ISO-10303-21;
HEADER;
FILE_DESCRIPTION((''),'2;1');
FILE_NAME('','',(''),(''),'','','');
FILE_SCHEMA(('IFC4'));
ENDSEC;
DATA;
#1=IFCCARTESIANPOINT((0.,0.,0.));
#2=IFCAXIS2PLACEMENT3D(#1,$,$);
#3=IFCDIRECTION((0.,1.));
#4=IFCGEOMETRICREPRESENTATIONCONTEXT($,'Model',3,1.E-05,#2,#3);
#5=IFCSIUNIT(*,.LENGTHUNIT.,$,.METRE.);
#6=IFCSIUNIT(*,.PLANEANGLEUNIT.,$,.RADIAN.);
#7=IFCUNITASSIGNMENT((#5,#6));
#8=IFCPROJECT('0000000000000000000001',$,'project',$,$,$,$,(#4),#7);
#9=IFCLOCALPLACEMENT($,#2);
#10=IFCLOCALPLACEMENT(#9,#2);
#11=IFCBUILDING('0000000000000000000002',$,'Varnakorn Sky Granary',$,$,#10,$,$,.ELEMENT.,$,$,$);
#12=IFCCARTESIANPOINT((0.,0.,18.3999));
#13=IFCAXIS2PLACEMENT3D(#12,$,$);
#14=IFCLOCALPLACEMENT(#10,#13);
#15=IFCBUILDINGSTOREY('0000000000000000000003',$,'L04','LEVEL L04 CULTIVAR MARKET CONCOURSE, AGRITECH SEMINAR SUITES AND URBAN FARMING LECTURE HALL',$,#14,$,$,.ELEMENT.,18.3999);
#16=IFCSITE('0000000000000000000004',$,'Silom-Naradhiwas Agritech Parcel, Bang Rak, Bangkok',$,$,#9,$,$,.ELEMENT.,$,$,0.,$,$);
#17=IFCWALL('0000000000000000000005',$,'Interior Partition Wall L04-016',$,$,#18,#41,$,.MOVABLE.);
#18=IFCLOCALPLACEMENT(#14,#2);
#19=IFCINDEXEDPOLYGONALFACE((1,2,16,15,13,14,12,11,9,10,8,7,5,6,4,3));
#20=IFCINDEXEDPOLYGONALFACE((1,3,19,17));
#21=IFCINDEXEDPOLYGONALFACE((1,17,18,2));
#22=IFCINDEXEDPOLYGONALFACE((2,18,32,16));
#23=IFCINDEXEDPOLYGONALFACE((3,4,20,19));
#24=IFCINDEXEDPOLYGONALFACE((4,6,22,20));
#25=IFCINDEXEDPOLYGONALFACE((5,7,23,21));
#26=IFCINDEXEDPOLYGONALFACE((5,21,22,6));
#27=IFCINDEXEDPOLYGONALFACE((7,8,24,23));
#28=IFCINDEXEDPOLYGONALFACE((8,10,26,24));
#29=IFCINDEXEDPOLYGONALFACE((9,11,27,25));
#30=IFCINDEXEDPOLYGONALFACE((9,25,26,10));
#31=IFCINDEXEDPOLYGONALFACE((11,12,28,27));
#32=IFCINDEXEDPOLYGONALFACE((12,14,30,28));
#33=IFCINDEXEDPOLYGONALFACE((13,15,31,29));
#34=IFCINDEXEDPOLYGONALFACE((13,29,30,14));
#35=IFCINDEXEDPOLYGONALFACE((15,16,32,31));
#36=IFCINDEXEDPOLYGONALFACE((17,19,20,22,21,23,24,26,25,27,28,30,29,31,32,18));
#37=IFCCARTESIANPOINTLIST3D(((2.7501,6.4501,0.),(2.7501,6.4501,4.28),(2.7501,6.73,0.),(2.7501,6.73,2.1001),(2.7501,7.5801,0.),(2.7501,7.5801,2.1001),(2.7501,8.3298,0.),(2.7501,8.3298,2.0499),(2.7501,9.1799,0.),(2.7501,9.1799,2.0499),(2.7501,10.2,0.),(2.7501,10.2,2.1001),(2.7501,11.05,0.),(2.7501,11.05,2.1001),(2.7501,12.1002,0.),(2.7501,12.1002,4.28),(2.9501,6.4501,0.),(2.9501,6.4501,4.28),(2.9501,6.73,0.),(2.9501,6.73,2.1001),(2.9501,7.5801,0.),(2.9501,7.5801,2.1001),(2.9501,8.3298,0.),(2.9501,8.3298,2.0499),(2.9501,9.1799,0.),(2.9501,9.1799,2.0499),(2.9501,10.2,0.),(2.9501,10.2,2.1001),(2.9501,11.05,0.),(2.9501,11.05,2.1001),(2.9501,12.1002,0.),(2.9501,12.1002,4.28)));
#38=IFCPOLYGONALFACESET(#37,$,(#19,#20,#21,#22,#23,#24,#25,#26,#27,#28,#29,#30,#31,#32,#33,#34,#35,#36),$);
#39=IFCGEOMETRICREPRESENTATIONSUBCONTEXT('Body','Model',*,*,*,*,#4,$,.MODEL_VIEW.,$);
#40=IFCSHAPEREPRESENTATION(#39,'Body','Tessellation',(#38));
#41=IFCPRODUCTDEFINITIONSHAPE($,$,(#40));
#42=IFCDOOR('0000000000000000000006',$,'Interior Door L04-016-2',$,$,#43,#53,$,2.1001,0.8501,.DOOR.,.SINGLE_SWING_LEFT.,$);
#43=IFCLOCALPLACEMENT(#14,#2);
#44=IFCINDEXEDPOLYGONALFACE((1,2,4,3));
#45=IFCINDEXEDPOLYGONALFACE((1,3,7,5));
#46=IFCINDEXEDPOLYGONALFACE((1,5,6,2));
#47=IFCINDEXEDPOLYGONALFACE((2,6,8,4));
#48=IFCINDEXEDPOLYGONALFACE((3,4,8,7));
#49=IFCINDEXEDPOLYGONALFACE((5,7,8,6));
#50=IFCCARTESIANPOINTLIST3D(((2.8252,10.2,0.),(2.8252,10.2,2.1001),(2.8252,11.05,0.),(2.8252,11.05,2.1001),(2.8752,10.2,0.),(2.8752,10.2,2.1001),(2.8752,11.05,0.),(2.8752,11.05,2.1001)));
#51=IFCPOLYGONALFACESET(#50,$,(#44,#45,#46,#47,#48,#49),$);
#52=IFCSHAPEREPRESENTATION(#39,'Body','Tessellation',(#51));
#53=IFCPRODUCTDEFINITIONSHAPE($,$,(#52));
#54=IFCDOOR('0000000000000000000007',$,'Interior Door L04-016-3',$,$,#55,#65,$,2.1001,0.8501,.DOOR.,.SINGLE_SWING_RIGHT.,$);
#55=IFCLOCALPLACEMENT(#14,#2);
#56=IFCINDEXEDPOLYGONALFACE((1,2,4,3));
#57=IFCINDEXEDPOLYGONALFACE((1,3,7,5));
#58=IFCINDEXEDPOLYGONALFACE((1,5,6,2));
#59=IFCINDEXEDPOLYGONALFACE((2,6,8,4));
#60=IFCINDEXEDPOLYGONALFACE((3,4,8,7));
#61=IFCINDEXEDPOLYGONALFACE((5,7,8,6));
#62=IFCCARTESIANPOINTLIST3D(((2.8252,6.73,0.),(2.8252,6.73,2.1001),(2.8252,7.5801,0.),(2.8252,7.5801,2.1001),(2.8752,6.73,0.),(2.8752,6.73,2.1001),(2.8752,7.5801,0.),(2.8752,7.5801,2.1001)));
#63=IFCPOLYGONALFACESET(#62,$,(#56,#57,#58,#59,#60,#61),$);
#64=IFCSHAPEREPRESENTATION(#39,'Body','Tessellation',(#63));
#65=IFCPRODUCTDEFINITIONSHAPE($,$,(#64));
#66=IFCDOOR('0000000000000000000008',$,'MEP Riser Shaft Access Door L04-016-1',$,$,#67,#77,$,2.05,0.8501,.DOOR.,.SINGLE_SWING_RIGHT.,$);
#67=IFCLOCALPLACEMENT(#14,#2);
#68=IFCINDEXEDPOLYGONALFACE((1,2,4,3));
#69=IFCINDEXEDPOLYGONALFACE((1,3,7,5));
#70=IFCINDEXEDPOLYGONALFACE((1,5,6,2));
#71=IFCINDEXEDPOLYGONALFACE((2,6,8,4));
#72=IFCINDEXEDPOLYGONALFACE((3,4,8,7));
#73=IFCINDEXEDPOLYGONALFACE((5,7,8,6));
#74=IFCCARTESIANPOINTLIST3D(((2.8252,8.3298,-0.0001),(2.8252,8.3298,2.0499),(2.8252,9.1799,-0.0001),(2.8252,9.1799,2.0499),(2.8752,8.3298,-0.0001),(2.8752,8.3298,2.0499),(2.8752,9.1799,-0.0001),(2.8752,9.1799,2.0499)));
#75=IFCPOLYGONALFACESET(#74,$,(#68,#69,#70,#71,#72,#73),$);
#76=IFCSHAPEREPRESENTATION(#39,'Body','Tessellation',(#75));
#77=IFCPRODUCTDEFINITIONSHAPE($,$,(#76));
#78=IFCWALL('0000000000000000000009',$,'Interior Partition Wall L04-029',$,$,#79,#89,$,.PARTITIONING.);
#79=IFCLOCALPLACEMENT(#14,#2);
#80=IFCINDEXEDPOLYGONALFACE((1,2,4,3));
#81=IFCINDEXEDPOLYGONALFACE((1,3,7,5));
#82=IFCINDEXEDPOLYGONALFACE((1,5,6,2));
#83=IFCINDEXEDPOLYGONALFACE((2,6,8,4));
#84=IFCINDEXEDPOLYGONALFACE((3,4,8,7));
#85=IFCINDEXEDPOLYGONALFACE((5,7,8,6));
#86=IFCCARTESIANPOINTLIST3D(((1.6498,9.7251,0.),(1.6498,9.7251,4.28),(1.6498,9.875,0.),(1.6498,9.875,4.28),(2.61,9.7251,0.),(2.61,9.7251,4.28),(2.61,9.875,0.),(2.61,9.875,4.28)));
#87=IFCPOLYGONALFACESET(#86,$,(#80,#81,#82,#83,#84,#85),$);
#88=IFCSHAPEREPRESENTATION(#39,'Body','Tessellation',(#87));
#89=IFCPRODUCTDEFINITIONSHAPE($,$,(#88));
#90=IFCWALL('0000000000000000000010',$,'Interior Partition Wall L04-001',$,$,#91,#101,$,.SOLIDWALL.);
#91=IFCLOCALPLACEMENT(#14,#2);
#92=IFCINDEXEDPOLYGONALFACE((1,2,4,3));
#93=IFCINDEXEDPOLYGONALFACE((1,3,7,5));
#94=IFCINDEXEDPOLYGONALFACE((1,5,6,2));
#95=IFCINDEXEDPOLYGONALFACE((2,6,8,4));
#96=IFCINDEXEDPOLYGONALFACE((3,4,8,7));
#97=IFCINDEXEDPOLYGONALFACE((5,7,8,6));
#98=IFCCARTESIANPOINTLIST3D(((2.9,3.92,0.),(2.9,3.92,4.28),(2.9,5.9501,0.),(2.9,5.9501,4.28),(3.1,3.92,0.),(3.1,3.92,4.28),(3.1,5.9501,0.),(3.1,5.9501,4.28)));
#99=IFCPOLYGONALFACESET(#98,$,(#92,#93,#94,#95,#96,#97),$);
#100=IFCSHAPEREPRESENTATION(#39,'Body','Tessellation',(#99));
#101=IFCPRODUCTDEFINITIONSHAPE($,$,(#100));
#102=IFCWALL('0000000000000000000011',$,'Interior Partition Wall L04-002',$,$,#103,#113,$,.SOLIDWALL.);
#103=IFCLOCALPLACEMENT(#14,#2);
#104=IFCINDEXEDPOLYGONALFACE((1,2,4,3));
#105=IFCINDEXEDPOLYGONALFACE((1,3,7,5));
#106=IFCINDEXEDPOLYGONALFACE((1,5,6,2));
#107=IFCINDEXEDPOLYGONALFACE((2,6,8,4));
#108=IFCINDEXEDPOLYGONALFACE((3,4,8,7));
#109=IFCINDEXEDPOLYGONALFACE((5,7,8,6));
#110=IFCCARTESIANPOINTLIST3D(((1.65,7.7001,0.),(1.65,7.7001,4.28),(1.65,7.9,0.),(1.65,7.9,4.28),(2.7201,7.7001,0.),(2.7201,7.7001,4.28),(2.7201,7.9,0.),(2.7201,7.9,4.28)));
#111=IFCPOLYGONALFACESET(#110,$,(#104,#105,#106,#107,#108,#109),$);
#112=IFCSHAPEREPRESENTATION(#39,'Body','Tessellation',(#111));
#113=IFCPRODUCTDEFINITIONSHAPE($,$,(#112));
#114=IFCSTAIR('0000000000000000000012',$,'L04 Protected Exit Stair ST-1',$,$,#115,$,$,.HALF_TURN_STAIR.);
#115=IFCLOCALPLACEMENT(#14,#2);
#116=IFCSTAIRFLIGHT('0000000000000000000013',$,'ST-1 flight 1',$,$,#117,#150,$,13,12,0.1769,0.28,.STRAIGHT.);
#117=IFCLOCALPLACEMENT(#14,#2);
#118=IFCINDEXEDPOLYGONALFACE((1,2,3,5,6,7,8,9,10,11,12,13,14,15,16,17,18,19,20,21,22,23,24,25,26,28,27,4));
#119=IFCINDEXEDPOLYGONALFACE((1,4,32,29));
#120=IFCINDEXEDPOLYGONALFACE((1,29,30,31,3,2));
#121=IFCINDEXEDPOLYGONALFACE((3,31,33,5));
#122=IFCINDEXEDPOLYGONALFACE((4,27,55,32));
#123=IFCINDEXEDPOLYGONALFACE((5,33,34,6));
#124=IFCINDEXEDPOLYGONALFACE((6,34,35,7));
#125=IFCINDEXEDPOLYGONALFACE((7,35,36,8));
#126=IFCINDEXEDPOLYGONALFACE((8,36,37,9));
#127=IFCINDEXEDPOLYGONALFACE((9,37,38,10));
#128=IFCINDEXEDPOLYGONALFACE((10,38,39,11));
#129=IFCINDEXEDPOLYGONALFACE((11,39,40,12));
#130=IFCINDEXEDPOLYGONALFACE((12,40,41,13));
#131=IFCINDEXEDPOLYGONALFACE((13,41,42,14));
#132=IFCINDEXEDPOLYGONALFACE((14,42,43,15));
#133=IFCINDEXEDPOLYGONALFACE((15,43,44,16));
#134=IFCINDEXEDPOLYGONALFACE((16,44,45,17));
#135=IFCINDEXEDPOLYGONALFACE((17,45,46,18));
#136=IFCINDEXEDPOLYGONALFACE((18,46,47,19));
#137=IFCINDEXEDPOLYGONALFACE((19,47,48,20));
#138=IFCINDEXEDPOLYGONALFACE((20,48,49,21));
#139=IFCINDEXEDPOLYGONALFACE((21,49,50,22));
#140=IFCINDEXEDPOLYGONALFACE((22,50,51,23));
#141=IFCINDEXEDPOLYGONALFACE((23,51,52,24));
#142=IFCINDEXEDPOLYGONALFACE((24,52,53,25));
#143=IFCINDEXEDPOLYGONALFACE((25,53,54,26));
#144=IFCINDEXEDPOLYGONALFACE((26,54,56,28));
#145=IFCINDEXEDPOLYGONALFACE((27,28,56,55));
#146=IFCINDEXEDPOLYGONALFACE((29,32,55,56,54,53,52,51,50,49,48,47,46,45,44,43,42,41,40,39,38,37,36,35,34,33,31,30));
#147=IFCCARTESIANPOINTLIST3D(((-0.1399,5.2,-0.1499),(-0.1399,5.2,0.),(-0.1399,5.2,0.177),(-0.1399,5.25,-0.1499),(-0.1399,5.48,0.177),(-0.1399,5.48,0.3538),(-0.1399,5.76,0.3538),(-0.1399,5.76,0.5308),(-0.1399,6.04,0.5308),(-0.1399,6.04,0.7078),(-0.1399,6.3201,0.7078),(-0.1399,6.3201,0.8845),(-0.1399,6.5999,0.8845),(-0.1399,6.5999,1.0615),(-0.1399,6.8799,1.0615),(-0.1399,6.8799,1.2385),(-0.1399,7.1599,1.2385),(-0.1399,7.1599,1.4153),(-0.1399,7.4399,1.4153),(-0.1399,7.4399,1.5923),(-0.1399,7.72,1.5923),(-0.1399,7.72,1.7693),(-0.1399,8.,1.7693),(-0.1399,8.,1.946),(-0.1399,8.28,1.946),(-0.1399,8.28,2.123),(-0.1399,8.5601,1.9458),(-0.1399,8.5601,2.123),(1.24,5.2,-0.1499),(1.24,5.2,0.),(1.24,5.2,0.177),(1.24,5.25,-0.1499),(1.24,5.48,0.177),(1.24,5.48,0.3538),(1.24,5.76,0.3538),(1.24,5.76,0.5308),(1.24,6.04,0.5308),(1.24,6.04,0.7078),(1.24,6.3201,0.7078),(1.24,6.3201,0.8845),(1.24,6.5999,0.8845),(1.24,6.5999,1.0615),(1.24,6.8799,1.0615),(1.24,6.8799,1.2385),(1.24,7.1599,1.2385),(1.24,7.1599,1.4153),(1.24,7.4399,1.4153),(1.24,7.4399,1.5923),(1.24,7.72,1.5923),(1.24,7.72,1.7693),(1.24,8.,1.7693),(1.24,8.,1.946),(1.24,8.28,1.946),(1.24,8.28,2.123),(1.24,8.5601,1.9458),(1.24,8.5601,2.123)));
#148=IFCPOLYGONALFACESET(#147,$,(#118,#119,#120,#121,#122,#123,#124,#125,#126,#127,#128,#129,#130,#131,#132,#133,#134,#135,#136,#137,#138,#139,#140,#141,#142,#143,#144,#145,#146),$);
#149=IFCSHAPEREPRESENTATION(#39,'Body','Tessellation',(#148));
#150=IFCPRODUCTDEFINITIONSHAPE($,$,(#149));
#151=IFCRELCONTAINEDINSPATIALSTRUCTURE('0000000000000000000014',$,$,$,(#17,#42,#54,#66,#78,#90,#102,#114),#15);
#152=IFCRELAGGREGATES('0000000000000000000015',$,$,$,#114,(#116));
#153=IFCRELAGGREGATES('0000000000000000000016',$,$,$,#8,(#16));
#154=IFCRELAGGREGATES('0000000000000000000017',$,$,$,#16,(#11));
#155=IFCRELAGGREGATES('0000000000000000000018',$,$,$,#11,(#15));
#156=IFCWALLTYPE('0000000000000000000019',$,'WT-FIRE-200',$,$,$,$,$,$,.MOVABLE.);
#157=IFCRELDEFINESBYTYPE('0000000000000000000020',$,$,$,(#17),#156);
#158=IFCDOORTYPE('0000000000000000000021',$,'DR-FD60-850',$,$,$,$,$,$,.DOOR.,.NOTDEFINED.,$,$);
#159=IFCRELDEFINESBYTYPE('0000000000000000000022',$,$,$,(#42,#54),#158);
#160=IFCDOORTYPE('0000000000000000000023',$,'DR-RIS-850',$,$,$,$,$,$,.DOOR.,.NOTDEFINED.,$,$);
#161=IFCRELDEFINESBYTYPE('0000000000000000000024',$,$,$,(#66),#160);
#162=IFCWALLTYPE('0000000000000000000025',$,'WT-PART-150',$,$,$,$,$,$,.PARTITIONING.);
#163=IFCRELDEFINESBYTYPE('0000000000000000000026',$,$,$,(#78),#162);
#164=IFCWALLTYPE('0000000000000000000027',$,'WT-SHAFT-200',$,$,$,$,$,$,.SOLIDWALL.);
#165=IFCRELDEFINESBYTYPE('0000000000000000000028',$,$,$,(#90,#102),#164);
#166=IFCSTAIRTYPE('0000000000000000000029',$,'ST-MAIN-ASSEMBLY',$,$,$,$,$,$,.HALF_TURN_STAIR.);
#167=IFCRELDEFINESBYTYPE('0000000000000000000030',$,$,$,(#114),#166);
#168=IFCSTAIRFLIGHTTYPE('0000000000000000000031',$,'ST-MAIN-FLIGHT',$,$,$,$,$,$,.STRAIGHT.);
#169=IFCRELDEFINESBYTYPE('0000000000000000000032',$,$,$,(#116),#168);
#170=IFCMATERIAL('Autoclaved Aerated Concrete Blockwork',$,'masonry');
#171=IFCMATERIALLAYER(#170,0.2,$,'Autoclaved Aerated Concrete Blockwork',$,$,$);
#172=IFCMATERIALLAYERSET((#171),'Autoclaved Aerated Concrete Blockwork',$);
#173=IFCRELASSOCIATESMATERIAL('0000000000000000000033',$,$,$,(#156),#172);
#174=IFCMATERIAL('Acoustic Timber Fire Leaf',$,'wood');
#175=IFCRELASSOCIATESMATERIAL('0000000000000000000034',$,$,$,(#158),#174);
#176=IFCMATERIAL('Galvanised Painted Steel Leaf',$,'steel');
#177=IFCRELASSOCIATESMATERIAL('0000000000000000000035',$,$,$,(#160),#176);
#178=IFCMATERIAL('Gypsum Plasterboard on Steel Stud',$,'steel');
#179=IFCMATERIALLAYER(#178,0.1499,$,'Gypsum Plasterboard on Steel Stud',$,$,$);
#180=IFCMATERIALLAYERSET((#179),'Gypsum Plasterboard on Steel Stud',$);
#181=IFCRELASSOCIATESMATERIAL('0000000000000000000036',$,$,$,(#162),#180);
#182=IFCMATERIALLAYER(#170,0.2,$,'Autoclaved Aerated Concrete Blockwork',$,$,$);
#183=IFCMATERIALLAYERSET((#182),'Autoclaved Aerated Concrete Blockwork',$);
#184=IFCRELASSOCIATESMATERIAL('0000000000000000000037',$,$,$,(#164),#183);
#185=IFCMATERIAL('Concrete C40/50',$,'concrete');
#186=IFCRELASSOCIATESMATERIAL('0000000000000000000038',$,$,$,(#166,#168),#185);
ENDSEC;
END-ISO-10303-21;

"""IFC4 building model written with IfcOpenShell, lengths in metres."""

from ifc_helpers import new_model, si_unit, direction, frame, frame_2d, origin, place, context, subcontext, project, spatial, polyline, rectangle, outline, extrude, material, layer, layer_set, type_object, element, fill, aggregate, save


model = new_model("IFC4")

# Units and contexts
model_context = context("Model", 3, precision=1e-05, world=origin(), true_north=direction((0.0, 1.0)))
body_context = subcontext(model_context, "Body", "Model", "MODEL_VIEW")
ifc_project = project(units=[si_unit("LENGTHUNIT", "METRE"), si_unit("PLANEANGLEUNIT", "RADIAN")], contexts=[model_context])

# Site, building, storey
site_placement = place(None, origin())
site = spatial("IfcSite", under=ifc_project, at=site_placement, Name="Silom-Naradhiwas Agritech Parcel, Bang Rak, Bangkok", CompositionType="ELEMENT", RefElevation=0.0)
building_placement = place(site_placement, origin())
building = spatial("IfcBuilding", under=site, at=building_placement, Name="Varnakorn Sky Granary", CompositionType="ELEMENT")
storey_placement = place(building_placement, frame((0.0, 0.0, 18.3999)))
storey = spatial("IfcBuildingStorey", under=building, at=storey_placement, Name="L04", Description="LEVEL L04 CULTIVAR MARKET CONCOURSE, AGRITECH SEMINAR SUITES AND URBAN FARMING LECTURE HALL", CompositionType="ELEMENT", Elevation=18.3999)

# Wall, openings, doors
ifc_material_1 = material(Name="Autoclaved Aerated Concrete Blockwork", Category="masonry")
ifc_layer_1 = layer(ifc_material_1, 0.2, Name="Autoclaved Aerated Concrete Blockwork")
ifc_layer_set_1 = layer_set([ifc_layer_1], Name="Autoclaved Aerated Concrete Blockwork")
wall_type_1 = type_object("IfcWallType", Name="WT-FIRE-200", PredefinedType="MOVABLE", material=ifc_layer_set_1)
wall_1_placement = place(storey_placement, frame((2.8501, 6.45, 0.0), z_axis=(0.0, 0.0, 1.0), x_axis=(0.0, 1.0, 0.0)))
wall_1 = element("IfcWall", 1, at=wall_1_placement, inside=storey, type_object=wall_type_1, Name="Interior Partition Wall L04-016", PredefinedType="MOVABLE", context=body_context, shape_type="SweptSolid", body=[
    extrude(rectangle(XDim=5.6501, YDim=0.2, at=frame_2d((2.8252, 0.0))), origin(), (0.0, 0.0, 1.0), 4.28),
])
opening_1_placement = place(wall_1_placement, frame((1.8799, 0.0, 0.0)))
opening_1 = element("IfcOpeningElement", 2, at=opening_1_placement, cuts=wall_1, PredefinedType="OPENING", context=body_context, shape_type="SweptSolid", body=[
    extrude(rectangle(XDim=0.8501, YDim=2.05, at=frame_2d((0.425, 1.0249))), frame((0.0, 0.1099, 0.0), z_axis=(0.0, -1.0, 0.0), x_axis=(1.0, 0.0, 0.0)), (0.0, 0.0, 1.0), 0.22),
])
opening_2_placement = place(wall_1_placement, frame((3.75, 0.0, 0.0)))
opening_2 = element("IfcOpeningElement", 3, at=opening_2_placement, cuts=wall_1, PredefinedType="OPENING", context=body_context, shape_type="SweptSolid", body=[
    extrude(rectangle(XDim=0.8501, YDim=2.1001, at=frame_2d((0.425, 1.05))), frame((0.0, 0.1099, 0.0), z_axis=(0.0, -1.0, 0.0), x_axis=(1.0, 0.0, 0.0)), (0.0, 0.0, 1.0), 0.22),
])
opening_3_placement = place(wall_1_placement, frame((0.28, 0.0, 0.0)))
opening_3 = element("IfcOpeningElement", 4, at=opening_3_placement, cuts=wall_1, PredefinedType="OPENING", context=body_context, shape_type="SweptSolid", body=[
    extrude(rectangle(XDim=0.8501, YDim=2.1001, at=frame_2d((0.425, 1.05))), frame((0.0, 0.1099, 0.0), z_axis=(0.0, -1.0, 0.0), x_axis=(1.0, 0.0, 0.0)), (0.0, 0.0, 1.0), 0.22),
])
ifc_material_2 = material(Name="Acoustic Timber Fire Leaf", Category="wood")
door_type_1 = type_object("IfcDoorType", Name="DR-FD60-850", OperationType="NOTDEFINED", PredefinedType="DOOR", material=ifc_material_2)
door_1_placement = place(opening_2_placement, origin())
door_1 = element("IfcDoor", 5, at=door_1_placement, inside=storey, type_object=door_type_1, Name="Interior Door L04-016-2", OperationType="SINGLE_SWING_LEFT", OverallHeight=2.1001, OverallWidth=0.8501, PredefinedType="DOOR", context=body_context, shape_type="SweptSolid", body=[
    extrude(rectangle(XDim=0.8501, YDim=2.1001, at=frame_2d((0.425, 1.05))), frame((0.0, 0.0249, 0.0), z_axis=(0.0, -1.0, 0.0), x_axis=(1.0, 0.0, 0.0)), (0.0, 0.0, 1.0), 0.05),
])
fill(opening_2, door_1)
door_2_placement = place(opening_3_placement, origin())
door_2 = element("IfcDoor", 6, at=door_2_placement, inside=storey, type_object=door_type_1, Name="Interior Door L04-016-3", OperationType="SINGLE_SWING_RIGHT", OverallHeight=2.1001, OverallWidth=0.8501, PredefinedType="DOOR", context=body_context, shape_type="SweptSolid", body=[
    extrude(rectangle(XDim=0.8501, YDim=2.1001, at=frame_2d((0.425, 1.05))), frame((0.0, 0.0249, 0.0), z_axis=(0.0, -1.0, 0.0), x_axis=(1.0, 0.0, 0.0)), (0.0, 0.0, 1.0), 0.05),
])
fill(opening_3, door_2)
ifc_material_3 = material(Name="Galvanised Painted Steel Leaf", Category="steel")
door_type_2 = type_object("IfcDoorType", Name="DR-RIS-850", OperationType="NOTDEFINED", PredefinedType="DOOR", material=ifc_material_3)
door_3_placement = place(opening_1_placement, origin())
door_3 = element("IfcDoor", 7, at=door_3_placement, inside=storey, type_object=door_type_2, Name="MEP Riser Shaft Access Door L04-016-1", OperationType="SINGLE_SWING_RIGHT", OverallHeight=2.05, OverallWidth=0.8501, PredefinedType="DOOR", context=body_context, shape_type="SweptSolid", body=[
    extrude(rectangle(XDim=0.8501, YDim=2.05, at=frame_2d((0.425, 1.0249))), frame((0.0, 0.0249, 0.0), z_axis=(0.0, -1.0, 0.0), x_axis=(1.0, 0.0, 0.0)), (0.0, 0.0, 1.0), 0.05),
])
fill(opening_1, door_3)

# Walls
ifc_material_4 = material(Name="Gypsum Plasterboard on Steel Stud", Category="steel")
ifc_layer_2 = layer(ifc_material_4, 0.1499, Name="Gypsum Plasterboard on Steel Stud")
ifc_layer_set_2 = layer_set([ifc_layer_2], Name="Gypsum Plasterboard on Steel Stud")
wall_type_2 = type_object("IfcWallType", Name="WT-PART-150", PredefinedType="PARTITIONING", material=ifc_layer_set_2)
wall_2_placement = place(storey_placement, frame((1.6499, 9.8, 0.0), z_axis=(0.0, 0.0, 1.0), x_axis=(1.0, 0.0, 0.0)))
element("IfcWall", 8, at=wall_2_placement, inside=storey, type_object=wall_type_2, Name="Interior Partition Wall L04-029", PredefinedType="PARTITIONING", context=body_context, shape_type="SweptSolid", body=[
    extrude(rectangle(XDim=0.9602, YDim=0.1499, at=frame_2d((0.48, 0.0))), origin(), (0.0, 0.0, 1.0), 4.28),
])
ifc_layer_3 = layer(ifc_material_1, 0.2, Name="Autoclaved Aerated Concrete Blockwork")
ifc_layer_set_3 = layer_set([ifc_layer_3], Name="Autoclaved Aerated Concrete Blockwork")
wall_type_3 = type_object("IfcWallType", Name="WT-SHAFT-200", PredefinedType="SOLIDWALL", material=ifc_layer_set_3)
wall_3_placement = place(storey_placement, frame((3.0, 3.9199, 0.0), z_axis=(0.0, 0.0, 1.0), x_axis=(0.0, 1.0, 0.0)))
element("IfcWall", 9, at=wall_3_placement, inside=storey, type_object=wall_type_3, Name="Interior Partition Wall L04-001", PredefinedType="SOLIDWALL", context=body_context, shape_type="SweptSolid", body=[
    extrude(rectangle(XDim=2.03, YDim=0.2, at=frame_2d((1.0151, 0.0))), origin(), (0.0, 0.0, 1.0), 4.28),
])
wall_4_placement = place(storey_placement, frame((1.6499, 7.8, 0.0), z_axis=(0.0, 0.0, 1.0), x_axis=(1.0, 0.0, 0.0)))
element("IfcWall", 10, at=wall_4_placement, inside=storey, type_object=wall_type_3, Name="Interior Partition Wall L04-002", PredefinedType="SOLIDWALL", context=body_context, shape_type="SweptSolid", body=[
    extrude(rectangle(XDim=1.0701, YDim=0.2, at=frame_2d((0.5352, 0.0))), origin(), (0.0, 0.0, 1.0), 4.28),
])

# Stair, stair flight
ifc_material_5 = material(Name="Concrete C40/50", Category="concrete")
stair_type = type_object("IfcStairType", Name="ST-MAIN-ASSEMBLY", PredefinedType="HALF_TURN_STAIR", material=ifc_material_5)
stair_1_placement = place(storey_placement, origin())
stair_1 = element("IfcStair", 11, at=stair_1_placement, inside=storey, type_object=stair_type, Name="L04 Protected Exit Stair ST-1", PredefinedType="HALF_TURN_STAIR")
stair_flight_type = type_object("IfcStairFlightType", Name="ST-MAIN-FLIGHT", PredefinedType="STRAIGHT", material=ifc_material_5)
stair_flight_1_placement = place(storey_placement, frame((0.55, 5.2, 0.0), z_axis=(0.0, 0.0, 1.0), x_axis=(0.0, 1.0, 0.0)))
stair_flight_1 = element("IfcStairFlight", 12, at=stair_flight_1_placement, type_object=stair_flight_type, Name="ST-1 flight 1", NumberOfRisers=13, NumberOfTreads=12, PredefinedType="STRAIGHT", RiserHeight=0.1769, TreadLength=0.28, context=body_context, shape_type="SweptSolid", body=[
    extrude(outline(polyline([(0.0, -0.1499), (0.0, 0.0), (0.0, 0.177), (0.28, 0.177), (0.28, 0.3538), (0.5601, 0.3538), (0.5601, 0.5308), (0.8401, 0.5308), (0.8401, 0.7078), (1.1201, 0.7078), (1.1201, 0.8845), (1.3999, 0.8845), (1.3999, 1.0615), (1.6799, 1.0615), (1.6799, 1.2385), (1.96, 1.2385), (1.96, 1.4153), (2.24, 1.4153), (2.24, 1.5923), (2.52, 1.5923), (2.52, 1.7693), (2.8, 1.7693), (2.8, 1.946), (3.0801, 1.946), (3.0801, 2.123), (3.3601, 2.123), (3.3601, 2.3), (3.3601, 1.9458), (0.05, -0.1499), (0.0, -0.1499)])), frame((0.0, 0.6899, 0.0), z_axis=(0.0, -1.0, 0.0), x_axis=(1.0, 0.0, 0.0)), (0.0, 0.0, 1.0), 1.3799),
])
aggregate(stair_1, [stair_flight_1])

save(model, "model.ifc")
